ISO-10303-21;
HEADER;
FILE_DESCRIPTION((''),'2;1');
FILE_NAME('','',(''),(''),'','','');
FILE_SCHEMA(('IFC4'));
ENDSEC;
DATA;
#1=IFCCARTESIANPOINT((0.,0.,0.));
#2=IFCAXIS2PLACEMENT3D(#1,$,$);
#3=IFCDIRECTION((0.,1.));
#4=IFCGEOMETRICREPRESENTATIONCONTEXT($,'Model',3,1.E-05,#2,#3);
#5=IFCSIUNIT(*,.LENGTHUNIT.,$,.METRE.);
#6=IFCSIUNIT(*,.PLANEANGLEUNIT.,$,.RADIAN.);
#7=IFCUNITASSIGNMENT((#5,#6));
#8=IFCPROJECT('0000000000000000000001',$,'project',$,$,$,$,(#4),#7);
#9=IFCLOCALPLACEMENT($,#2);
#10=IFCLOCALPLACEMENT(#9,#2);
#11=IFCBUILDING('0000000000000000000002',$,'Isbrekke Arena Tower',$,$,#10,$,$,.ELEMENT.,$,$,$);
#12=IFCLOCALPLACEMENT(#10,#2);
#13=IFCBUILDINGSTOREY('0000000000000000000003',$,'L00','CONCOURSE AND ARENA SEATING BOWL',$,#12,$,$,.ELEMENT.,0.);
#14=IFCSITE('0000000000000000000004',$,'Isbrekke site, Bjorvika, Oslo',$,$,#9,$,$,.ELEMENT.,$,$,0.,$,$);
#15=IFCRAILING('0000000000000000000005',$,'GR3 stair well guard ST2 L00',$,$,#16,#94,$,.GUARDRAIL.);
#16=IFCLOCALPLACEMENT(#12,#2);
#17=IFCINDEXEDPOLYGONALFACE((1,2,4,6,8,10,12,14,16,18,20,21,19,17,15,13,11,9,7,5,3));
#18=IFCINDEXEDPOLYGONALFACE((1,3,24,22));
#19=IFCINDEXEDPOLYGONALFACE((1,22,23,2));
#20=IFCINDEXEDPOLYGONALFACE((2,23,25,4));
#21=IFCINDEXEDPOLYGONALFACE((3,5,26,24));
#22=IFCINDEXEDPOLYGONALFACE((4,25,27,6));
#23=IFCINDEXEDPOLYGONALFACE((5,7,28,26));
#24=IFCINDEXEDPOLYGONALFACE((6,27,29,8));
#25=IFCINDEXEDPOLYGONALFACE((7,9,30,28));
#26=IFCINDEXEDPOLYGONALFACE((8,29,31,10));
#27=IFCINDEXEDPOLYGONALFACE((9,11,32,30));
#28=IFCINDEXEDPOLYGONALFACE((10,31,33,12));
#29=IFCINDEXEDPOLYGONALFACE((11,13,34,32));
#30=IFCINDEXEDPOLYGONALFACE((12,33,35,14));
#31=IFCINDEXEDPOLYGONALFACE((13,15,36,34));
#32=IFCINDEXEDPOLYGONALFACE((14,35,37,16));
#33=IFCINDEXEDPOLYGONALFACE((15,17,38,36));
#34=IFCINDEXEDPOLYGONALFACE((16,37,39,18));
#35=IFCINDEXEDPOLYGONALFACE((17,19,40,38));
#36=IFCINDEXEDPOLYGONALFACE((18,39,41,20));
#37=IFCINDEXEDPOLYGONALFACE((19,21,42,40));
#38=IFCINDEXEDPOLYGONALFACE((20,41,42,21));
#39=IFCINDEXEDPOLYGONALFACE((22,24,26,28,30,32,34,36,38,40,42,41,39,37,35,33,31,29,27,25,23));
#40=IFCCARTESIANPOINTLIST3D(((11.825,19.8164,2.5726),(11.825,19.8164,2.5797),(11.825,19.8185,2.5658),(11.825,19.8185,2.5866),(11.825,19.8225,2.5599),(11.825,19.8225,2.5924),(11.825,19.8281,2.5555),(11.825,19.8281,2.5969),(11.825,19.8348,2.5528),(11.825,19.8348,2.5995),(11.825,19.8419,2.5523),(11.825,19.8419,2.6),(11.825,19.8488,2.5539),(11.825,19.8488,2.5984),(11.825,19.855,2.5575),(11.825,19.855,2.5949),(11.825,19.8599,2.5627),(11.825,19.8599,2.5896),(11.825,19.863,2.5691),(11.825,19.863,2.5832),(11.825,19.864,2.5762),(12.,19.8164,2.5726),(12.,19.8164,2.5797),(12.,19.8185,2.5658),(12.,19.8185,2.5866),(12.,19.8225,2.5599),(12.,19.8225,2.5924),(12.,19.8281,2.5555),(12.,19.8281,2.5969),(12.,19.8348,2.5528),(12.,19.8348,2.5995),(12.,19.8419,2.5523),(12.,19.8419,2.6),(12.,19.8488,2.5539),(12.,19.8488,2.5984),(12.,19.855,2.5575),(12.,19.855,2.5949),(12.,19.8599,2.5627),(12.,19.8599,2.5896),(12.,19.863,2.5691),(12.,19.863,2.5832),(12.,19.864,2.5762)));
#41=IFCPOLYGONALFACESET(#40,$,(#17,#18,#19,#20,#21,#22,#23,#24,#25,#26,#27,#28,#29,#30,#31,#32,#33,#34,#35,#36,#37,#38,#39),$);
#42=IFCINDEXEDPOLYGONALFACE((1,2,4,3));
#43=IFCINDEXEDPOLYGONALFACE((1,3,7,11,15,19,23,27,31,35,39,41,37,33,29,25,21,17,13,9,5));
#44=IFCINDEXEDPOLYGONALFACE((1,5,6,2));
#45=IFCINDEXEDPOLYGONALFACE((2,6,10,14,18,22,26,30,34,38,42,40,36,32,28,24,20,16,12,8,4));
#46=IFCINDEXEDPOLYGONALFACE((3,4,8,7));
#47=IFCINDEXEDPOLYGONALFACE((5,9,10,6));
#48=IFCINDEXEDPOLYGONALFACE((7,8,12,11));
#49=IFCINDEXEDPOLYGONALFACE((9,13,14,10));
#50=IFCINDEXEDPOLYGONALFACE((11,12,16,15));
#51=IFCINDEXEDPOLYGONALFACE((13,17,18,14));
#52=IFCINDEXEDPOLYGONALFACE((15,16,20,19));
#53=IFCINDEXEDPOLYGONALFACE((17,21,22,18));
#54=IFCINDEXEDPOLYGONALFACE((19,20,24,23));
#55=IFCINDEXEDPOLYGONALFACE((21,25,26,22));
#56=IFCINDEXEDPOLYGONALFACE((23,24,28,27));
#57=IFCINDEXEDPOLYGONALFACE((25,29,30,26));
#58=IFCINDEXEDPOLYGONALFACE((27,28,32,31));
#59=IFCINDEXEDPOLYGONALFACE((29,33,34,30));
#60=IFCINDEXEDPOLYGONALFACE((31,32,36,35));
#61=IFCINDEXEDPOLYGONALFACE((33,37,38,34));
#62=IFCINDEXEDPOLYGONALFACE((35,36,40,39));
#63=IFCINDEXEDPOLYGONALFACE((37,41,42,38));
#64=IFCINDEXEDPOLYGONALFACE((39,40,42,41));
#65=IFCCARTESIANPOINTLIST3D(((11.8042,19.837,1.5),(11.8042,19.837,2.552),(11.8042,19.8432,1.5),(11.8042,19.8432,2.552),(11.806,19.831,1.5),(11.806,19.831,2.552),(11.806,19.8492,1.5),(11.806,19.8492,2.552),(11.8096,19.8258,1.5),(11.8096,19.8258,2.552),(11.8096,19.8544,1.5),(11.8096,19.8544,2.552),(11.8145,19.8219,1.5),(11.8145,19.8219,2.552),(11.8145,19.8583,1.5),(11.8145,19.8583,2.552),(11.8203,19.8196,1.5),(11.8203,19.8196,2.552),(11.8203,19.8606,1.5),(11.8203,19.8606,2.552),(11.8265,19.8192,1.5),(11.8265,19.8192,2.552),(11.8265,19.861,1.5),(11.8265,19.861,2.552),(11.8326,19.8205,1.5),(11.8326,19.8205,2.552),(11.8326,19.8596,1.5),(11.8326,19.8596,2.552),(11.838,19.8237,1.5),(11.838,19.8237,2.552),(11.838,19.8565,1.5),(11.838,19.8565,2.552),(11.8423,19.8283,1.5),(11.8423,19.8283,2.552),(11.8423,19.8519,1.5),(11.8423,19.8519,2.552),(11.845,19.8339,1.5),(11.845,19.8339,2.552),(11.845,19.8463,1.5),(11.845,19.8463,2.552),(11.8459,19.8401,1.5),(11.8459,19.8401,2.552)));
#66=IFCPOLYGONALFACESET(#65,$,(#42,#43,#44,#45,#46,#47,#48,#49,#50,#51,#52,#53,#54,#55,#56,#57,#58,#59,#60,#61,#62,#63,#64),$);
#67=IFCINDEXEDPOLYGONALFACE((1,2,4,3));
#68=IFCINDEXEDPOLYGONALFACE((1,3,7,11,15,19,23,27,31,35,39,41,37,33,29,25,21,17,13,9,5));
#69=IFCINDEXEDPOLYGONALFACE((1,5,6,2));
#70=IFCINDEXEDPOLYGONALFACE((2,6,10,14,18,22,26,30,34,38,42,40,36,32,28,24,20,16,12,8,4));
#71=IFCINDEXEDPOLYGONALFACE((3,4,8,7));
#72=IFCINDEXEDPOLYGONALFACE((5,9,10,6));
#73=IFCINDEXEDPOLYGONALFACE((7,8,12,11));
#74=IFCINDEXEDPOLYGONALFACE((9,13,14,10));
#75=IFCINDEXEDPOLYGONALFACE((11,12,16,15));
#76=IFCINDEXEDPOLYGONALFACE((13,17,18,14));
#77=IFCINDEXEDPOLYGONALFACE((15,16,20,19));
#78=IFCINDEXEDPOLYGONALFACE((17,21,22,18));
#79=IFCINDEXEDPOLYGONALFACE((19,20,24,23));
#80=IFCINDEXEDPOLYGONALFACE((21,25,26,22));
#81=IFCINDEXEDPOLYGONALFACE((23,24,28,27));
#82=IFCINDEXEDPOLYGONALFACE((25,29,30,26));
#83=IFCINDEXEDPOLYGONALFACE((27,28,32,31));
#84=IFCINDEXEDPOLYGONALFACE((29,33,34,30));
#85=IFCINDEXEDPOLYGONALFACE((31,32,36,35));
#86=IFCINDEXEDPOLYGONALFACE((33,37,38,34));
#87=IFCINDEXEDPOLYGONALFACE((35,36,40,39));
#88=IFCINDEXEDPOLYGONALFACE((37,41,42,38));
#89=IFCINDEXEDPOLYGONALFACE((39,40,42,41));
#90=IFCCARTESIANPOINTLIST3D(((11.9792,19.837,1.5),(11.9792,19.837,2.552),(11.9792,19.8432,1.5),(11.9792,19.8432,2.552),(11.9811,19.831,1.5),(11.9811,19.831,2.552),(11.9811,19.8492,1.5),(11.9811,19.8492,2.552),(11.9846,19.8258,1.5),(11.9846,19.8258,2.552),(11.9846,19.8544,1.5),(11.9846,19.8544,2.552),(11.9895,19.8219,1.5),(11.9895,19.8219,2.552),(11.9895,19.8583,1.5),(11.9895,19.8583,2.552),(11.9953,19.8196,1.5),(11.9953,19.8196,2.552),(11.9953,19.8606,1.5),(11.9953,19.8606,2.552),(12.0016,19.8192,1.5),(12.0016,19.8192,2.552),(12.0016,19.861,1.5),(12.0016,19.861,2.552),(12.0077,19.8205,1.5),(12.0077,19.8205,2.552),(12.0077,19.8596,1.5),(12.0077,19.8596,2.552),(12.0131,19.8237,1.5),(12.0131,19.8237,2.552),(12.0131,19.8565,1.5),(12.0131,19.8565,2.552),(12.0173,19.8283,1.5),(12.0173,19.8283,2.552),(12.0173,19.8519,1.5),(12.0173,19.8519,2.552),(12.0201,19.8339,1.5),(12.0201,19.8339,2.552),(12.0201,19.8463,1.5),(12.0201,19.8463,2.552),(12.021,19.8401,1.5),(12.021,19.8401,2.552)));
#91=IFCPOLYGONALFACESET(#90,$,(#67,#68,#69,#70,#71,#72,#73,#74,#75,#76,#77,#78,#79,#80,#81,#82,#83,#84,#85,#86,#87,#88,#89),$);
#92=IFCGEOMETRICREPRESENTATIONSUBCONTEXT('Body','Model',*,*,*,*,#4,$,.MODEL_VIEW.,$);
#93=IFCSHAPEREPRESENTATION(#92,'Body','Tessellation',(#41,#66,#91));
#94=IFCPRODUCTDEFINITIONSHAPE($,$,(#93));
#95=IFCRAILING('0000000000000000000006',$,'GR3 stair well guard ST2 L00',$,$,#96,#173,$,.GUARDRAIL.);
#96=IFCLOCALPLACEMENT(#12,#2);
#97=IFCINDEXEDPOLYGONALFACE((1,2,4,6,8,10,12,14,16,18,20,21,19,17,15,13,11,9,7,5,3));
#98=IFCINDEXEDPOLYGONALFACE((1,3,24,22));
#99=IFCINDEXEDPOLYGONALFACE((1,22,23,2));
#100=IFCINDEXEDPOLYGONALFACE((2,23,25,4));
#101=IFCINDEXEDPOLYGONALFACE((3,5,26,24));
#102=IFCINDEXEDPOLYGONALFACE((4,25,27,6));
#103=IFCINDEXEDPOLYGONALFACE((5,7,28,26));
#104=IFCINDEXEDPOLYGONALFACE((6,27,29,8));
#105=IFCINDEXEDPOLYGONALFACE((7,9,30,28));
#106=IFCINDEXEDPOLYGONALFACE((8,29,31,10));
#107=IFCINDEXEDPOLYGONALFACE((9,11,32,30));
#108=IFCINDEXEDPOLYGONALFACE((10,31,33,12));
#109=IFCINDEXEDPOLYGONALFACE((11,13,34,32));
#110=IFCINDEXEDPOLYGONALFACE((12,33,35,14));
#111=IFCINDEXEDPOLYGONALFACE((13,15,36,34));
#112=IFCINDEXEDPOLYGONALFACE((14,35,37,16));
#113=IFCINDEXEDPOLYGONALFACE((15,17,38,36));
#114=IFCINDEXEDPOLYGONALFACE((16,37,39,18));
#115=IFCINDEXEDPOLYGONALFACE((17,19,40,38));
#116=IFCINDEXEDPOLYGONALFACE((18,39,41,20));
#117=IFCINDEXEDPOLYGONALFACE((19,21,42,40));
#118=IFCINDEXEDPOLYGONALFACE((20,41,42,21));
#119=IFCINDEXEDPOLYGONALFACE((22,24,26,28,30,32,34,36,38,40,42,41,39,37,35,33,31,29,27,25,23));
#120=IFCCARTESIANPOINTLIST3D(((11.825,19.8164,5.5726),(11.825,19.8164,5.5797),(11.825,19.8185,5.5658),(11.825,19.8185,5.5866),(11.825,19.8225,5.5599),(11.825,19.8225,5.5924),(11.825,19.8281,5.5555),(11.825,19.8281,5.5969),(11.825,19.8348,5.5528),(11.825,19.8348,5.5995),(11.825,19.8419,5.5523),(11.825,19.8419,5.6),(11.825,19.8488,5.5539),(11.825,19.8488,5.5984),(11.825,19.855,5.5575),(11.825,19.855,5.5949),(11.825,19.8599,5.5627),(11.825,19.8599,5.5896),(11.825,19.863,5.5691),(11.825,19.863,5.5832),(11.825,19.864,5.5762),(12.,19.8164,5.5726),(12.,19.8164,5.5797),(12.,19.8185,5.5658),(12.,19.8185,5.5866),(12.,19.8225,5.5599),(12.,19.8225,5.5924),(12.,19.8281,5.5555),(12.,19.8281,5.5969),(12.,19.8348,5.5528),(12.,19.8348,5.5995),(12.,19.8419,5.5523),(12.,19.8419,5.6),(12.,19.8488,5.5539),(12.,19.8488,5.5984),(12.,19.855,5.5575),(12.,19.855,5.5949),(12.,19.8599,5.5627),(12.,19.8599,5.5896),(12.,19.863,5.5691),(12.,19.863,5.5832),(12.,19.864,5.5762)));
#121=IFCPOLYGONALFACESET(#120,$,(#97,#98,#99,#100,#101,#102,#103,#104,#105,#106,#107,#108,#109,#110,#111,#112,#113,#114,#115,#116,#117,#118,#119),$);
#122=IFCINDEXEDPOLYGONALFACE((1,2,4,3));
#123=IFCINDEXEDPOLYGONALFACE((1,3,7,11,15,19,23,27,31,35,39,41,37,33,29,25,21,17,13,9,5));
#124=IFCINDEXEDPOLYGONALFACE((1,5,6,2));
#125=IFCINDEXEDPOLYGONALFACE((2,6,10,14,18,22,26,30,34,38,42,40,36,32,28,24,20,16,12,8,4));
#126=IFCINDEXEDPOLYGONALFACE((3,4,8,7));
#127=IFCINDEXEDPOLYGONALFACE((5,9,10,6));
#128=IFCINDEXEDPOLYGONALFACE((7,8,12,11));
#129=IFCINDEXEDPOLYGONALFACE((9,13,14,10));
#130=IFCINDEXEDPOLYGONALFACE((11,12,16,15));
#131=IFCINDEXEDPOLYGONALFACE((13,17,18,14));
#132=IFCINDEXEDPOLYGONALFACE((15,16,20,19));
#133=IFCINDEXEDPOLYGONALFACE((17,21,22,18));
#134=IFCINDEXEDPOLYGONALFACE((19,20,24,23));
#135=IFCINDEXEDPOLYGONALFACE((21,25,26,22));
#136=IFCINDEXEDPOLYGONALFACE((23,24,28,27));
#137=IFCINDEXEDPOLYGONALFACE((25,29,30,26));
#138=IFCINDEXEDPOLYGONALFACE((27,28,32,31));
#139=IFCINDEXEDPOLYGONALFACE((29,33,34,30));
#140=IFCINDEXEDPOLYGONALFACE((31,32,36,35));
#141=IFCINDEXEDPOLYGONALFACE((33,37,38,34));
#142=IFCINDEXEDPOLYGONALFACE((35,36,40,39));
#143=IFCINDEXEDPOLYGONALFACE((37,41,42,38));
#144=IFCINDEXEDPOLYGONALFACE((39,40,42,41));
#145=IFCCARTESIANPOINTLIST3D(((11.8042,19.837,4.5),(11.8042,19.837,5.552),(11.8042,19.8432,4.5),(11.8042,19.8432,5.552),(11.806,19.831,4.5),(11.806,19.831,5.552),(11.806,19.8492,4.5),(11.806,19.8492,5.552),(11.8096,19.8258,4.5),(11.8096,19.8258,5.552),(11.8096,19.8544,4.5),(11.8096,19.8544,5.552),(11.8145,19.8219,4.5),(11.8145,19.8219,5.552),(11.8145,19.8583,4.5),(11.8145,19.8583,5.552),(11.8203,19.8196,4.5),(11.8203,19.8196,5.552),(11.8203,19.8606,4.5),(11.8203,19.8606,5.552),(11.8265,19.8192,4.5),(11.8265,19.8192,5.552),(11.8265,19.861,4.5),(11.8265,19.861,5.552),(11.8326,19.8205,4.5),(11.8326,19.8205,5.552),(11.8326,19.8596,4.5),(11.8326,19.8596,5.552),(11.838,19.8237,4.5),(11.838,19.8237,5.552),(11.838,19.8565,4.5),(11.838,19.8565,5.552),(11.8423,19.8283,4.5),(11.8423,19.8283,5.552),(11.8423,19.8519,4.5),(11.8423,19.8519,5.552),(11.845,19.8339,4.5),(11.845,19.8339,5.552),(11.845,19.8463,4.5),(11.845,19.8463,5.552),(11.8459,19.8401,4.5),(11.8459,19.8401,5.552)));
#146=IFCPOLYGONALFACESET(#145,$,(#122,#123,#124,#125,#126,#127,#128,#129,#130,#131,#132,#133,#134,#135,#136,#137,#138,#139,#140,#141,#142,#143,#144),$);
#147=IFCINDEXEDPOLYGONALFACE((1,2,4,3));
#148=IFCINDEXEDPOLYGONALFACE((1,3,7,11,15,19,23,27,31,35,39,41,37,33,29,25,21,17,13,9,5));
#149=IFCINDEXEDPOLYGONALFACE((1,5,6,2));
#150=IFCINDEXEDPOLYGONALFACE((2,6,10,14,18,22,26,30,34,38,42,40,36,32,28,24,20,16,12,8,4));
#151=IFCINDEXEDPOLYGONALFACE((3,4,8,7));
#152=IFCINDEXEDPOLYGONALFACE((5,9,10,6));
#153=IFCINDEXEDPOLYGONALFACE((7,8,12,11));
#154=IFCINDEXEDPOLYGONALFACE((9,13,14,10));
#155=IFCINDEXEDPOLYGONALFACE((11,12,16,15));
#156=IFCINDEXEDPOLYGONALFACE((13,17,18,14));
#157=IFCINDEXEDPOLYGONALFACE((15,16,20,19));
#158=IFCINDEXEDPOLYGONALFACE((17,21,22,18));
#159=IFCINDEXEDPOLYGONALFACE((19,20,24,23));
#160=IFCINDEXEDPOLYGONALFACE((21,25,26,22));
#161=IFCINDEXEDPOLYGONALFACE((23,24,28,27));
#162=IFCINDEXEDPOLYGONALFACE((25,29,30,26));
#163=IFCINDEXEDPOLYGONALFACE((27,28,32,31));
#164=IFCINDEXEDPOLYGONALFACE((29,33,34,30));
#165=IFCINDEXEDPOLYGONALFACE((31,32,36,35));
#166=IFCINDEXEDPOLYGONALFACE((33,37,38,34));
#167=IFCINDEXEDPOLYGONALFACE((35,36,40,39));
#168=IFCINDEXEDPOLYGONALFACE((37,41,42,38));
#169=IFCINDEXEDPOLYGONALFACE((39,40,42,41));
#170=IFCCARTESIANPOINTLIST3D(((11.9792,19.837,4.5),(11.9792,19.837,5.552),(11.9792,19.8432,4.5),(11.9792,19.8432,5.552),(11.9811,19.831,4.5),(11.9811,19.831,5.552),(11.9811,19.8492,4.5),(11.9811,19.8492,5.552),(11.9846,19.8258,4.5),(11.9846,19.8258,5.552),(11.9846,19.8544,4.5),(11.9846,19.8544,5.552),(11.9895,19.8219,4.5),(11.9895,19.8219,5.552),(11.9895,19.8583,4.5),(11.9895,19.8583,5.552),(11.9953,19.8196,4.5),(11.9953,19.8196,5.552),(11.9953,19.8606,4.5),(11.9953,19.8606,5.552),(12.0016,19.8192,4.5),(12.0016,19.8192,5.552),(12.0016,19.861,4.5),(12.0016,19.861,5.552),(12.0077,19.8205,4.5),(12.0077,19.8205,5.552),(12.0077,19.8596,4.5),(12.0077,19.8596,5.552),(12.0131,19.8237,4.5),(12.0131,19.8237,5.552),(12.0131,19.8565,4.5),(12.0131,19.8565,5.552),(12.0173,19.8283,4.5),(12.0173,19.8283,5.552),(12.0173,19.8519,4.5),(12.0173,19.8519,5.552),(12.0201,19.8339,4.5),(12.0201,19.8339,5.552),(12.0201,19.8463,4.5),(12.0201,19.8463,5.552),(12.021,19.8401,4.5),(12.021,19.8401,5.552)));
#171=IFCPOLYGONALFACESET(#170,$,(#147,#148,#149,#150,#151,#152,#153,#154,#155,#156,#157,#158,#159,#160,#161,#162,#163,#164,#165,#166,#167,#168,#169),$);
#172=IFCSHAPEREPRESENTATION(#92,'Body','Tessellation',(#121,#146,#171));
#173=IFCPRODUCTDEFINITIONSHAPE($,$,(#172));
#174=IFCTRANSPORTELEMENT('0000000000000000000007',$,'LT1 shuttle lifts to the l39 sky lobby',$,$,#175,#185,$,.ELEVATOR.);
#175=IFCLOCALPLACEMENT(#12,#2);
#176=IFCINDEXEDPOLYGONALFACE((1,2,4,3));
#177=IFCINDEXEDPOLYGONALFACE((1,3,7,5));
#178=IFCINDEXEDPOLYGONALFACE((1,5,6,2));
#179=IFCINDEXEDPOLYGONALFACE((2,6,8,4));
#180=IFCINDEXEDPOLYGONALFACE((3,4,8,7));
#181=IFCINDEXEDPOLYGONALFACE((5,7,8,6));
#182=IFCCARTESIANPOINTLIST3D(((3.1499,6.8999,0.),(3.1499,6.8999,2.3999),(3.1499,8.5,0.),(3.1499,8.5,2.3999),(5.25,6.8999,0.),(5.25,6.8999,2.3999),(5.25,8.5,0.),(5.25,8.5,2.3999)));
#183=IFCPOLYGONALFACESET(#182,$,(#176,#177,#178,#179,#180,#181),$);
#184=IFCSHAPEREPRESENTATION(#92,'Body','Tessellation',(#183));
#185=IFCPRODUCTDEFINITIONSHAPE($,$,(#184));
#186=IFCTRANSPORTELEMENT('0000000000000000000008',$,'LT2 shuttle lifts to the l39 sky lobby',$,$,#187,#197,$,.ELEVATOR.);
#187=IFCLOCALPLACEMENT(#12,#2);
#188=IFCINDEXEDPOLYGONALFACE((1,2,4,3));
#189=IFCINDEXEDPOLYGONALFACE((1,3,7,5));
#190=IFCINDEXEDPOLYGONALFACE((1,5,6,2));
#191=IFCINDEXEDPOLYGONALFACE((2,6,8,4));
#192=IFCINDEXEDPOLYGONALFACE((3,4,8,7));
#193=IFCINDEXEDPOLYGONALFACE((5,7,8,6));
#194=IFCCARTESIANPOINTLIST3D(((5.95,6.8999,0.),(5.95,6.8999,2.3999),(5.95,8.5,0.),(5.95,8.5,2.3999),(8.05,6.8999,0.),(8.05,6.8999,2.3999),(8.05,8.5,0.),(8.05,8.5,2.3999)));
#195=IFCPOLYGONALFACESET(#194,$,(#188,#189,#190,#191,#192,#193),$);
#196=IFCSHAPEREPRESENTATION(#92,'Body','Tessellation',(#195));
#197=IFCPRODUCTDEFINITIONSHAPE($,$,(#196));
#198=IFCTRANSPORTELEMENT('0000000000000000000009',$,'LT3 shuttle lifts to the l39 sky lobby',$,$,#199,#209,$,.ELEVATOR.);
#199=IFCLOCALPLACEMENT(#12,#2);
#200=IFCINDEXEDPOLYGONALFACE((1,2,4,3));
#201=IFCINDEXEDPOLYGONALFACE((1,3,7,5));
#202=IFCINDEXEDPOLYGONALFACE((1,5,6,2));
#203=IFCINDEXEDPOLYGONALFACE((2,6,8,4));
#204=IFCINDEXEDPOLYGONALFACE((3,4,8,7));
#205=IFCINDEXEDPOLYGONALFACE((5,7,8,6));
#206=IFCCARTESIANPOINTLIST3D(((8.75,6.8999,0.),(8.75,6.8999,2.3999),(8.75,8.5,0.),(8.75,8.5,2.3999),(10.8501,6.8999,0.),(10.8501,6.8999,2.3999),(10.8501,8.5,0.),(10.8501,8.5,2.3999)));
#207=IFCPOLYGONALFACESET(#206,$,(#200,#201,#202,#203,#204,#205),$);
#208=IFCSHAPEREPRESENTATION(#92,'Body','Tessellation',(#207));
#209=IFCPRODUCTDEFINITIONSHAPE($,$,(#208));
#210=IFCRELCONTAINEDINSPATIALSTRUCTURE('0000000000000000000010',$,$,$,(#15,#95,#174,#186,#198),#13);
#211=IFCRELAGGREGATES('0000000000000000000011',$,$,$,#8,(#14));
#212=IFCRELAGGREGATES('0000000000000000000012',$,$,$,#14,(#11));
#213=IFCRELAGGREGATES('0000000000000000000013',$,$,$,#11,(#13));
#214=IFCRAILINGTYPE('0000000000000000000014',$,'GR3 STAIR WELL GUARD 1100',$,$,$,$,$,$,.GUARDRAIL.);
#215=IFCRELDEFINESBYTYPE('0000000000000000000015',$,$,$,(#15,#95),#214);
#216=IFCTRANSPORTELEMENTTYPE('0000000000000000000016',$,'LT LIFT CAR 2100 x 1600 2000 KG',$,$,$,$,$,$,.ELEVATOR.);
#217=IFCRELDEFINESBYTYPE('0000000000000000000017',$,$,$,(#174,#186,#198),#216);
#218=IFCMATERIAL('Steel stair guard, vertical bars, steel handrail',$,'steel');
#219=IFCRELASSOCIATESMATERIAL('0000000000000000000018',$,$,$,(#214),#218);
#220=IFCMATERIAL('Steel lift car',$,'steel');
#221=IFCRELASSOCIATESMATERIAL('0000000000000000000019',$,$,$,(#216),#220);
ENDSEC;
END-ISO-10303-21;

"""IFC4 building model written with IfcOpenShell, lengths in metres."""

from ifc_helpers import new_model, si_unit, direction, frame, origin, origin_2d, place, context, subcontext, project, spatial, rectangle, circle, extrude, material, type_object, element, save


model = new_model("IFC4")

# Units and contexts
model_context = context("Model", 3, precision=1e-05, world=origin(), true_north=direction((0.0, 1.0)))
body_context = subcontext(model_context, "Body", "Model", "MODEL_VIEW")
ifc_project = project(units=[si_unit("LENGTHUNIT", "METRE"), si_unit("PLANEANGLEUNIT", "RADIAN")], contexts=[model_context])

# Site, building, storey
site_placement = place(None, origin())
site = spatial("IfcSite", under=ifc_project, at=site_placement, Name="Isbrekke site, Bjorvika, Oslo", CompositionType="ELEMENT", RefElevation=0.0)
building_placement = place(site_placement, origin())
building = spatial("IfcBuilding", under=site, at=building_placement, Name="Isbrekke Arena Tower", CompositionType="ELEMENT")
storey_placement = place(building_placement, origin())
storey = spatial("IfcBuildingStorey", under=building, at=storey_placement, Name="L00", Description="CONCOURSE AND ARENA SEATING BOWL", CompositionType="ELEMENT", Elevation=0.0)

# Railings
ifc_material_1 = material(Name="Steel stair guard, vertical bars, steel handrail", Category="steel")
railing_type = type_object("IfcRailingType", Name="GR3 STAIR WELL GUARD 1100", PredefinedType="GUARDRAIL", material=ifc_material_1)
for number, where, name in (
    (1, (11.825, 19.8401, 1.5), "GR3 stair well guard ST2 L00"),
    (2, (11.825, 19.8401, 4.5), "GR3 stair well guard ST2 L00"),
):
    element("IfcRailing", number, at=place(storey_placement, frame(where)), inside=storey, type_object=railing_type, Name=name, PredefinedType="GUARDRAIL", context=body_context, shape_type="SweptSolid", body=[
        extrude(circle(Radius=0.0239, at=origin_2d()), frame((0.0, 0.0, 1.0762), z_axis=(1.0, 0.0, 0.0), x_axis=(0.0, 1.0, 0.0)), (0.0, 0.0, 1.0), 0.175),
        extrude(circle(Radius=0.021, at=origin_2d()), origin(), (0.0, 0.0, 1.0), 1.052),
        extrude(circle(Radius=0.021, at=origin_2d()), frame((0.175, 0.0, 0.0)), (0.0, 0.0, 1.0), 1.052),
    ])

# Transport elements
ifc_material_2 = material(Name="Steel lift car", Category="steel")
transport_element_type = type_object("IfcTransportElementType", Name="LT LIFT CAR 2100 x 1600 2000 KG", PredefinedType="ELEVATOR", material=ifc_material_2)
for number, where, z_axis, x_axis, name in (
    (3, (4.2, 7.7, 0.0), (0.0, 0.0, 1.0), (1.0, 0.0, 0.0), "LT1 shuttle lifts to the l39 sky lobby"),
    (4, (7.0, 7.7, 0.0), (0.0, 0.0, 1.0), (1.0, 0.0, 0.0), "LT2 shuttle lifts to the l39 sky lobby"),
    (5, (9.8, 7.7, 0.0), (0.0, 0.0, 1.0), (1.0, 0.0, 0.0), "LT3 shuttle lifts to the l39 sky lobby"),
):
    element("IfcTransportElement", number, at=place(storey_placement, frame(where, z_axis=z_axis, x_axis=x_axis)), inside=storey, type_object=transport_element_type, Name=name, PredefinedType="ELEVATOR", context=body_context, shape_type="SweptSolid", body=[
        extrude(rectangle(XDim=2.1001, YDim=1.6001, at=origin_2d()), origin(), (0.0, 0.0, 1.0), 2.3999),
    ])

save(model, "model.ifc")
